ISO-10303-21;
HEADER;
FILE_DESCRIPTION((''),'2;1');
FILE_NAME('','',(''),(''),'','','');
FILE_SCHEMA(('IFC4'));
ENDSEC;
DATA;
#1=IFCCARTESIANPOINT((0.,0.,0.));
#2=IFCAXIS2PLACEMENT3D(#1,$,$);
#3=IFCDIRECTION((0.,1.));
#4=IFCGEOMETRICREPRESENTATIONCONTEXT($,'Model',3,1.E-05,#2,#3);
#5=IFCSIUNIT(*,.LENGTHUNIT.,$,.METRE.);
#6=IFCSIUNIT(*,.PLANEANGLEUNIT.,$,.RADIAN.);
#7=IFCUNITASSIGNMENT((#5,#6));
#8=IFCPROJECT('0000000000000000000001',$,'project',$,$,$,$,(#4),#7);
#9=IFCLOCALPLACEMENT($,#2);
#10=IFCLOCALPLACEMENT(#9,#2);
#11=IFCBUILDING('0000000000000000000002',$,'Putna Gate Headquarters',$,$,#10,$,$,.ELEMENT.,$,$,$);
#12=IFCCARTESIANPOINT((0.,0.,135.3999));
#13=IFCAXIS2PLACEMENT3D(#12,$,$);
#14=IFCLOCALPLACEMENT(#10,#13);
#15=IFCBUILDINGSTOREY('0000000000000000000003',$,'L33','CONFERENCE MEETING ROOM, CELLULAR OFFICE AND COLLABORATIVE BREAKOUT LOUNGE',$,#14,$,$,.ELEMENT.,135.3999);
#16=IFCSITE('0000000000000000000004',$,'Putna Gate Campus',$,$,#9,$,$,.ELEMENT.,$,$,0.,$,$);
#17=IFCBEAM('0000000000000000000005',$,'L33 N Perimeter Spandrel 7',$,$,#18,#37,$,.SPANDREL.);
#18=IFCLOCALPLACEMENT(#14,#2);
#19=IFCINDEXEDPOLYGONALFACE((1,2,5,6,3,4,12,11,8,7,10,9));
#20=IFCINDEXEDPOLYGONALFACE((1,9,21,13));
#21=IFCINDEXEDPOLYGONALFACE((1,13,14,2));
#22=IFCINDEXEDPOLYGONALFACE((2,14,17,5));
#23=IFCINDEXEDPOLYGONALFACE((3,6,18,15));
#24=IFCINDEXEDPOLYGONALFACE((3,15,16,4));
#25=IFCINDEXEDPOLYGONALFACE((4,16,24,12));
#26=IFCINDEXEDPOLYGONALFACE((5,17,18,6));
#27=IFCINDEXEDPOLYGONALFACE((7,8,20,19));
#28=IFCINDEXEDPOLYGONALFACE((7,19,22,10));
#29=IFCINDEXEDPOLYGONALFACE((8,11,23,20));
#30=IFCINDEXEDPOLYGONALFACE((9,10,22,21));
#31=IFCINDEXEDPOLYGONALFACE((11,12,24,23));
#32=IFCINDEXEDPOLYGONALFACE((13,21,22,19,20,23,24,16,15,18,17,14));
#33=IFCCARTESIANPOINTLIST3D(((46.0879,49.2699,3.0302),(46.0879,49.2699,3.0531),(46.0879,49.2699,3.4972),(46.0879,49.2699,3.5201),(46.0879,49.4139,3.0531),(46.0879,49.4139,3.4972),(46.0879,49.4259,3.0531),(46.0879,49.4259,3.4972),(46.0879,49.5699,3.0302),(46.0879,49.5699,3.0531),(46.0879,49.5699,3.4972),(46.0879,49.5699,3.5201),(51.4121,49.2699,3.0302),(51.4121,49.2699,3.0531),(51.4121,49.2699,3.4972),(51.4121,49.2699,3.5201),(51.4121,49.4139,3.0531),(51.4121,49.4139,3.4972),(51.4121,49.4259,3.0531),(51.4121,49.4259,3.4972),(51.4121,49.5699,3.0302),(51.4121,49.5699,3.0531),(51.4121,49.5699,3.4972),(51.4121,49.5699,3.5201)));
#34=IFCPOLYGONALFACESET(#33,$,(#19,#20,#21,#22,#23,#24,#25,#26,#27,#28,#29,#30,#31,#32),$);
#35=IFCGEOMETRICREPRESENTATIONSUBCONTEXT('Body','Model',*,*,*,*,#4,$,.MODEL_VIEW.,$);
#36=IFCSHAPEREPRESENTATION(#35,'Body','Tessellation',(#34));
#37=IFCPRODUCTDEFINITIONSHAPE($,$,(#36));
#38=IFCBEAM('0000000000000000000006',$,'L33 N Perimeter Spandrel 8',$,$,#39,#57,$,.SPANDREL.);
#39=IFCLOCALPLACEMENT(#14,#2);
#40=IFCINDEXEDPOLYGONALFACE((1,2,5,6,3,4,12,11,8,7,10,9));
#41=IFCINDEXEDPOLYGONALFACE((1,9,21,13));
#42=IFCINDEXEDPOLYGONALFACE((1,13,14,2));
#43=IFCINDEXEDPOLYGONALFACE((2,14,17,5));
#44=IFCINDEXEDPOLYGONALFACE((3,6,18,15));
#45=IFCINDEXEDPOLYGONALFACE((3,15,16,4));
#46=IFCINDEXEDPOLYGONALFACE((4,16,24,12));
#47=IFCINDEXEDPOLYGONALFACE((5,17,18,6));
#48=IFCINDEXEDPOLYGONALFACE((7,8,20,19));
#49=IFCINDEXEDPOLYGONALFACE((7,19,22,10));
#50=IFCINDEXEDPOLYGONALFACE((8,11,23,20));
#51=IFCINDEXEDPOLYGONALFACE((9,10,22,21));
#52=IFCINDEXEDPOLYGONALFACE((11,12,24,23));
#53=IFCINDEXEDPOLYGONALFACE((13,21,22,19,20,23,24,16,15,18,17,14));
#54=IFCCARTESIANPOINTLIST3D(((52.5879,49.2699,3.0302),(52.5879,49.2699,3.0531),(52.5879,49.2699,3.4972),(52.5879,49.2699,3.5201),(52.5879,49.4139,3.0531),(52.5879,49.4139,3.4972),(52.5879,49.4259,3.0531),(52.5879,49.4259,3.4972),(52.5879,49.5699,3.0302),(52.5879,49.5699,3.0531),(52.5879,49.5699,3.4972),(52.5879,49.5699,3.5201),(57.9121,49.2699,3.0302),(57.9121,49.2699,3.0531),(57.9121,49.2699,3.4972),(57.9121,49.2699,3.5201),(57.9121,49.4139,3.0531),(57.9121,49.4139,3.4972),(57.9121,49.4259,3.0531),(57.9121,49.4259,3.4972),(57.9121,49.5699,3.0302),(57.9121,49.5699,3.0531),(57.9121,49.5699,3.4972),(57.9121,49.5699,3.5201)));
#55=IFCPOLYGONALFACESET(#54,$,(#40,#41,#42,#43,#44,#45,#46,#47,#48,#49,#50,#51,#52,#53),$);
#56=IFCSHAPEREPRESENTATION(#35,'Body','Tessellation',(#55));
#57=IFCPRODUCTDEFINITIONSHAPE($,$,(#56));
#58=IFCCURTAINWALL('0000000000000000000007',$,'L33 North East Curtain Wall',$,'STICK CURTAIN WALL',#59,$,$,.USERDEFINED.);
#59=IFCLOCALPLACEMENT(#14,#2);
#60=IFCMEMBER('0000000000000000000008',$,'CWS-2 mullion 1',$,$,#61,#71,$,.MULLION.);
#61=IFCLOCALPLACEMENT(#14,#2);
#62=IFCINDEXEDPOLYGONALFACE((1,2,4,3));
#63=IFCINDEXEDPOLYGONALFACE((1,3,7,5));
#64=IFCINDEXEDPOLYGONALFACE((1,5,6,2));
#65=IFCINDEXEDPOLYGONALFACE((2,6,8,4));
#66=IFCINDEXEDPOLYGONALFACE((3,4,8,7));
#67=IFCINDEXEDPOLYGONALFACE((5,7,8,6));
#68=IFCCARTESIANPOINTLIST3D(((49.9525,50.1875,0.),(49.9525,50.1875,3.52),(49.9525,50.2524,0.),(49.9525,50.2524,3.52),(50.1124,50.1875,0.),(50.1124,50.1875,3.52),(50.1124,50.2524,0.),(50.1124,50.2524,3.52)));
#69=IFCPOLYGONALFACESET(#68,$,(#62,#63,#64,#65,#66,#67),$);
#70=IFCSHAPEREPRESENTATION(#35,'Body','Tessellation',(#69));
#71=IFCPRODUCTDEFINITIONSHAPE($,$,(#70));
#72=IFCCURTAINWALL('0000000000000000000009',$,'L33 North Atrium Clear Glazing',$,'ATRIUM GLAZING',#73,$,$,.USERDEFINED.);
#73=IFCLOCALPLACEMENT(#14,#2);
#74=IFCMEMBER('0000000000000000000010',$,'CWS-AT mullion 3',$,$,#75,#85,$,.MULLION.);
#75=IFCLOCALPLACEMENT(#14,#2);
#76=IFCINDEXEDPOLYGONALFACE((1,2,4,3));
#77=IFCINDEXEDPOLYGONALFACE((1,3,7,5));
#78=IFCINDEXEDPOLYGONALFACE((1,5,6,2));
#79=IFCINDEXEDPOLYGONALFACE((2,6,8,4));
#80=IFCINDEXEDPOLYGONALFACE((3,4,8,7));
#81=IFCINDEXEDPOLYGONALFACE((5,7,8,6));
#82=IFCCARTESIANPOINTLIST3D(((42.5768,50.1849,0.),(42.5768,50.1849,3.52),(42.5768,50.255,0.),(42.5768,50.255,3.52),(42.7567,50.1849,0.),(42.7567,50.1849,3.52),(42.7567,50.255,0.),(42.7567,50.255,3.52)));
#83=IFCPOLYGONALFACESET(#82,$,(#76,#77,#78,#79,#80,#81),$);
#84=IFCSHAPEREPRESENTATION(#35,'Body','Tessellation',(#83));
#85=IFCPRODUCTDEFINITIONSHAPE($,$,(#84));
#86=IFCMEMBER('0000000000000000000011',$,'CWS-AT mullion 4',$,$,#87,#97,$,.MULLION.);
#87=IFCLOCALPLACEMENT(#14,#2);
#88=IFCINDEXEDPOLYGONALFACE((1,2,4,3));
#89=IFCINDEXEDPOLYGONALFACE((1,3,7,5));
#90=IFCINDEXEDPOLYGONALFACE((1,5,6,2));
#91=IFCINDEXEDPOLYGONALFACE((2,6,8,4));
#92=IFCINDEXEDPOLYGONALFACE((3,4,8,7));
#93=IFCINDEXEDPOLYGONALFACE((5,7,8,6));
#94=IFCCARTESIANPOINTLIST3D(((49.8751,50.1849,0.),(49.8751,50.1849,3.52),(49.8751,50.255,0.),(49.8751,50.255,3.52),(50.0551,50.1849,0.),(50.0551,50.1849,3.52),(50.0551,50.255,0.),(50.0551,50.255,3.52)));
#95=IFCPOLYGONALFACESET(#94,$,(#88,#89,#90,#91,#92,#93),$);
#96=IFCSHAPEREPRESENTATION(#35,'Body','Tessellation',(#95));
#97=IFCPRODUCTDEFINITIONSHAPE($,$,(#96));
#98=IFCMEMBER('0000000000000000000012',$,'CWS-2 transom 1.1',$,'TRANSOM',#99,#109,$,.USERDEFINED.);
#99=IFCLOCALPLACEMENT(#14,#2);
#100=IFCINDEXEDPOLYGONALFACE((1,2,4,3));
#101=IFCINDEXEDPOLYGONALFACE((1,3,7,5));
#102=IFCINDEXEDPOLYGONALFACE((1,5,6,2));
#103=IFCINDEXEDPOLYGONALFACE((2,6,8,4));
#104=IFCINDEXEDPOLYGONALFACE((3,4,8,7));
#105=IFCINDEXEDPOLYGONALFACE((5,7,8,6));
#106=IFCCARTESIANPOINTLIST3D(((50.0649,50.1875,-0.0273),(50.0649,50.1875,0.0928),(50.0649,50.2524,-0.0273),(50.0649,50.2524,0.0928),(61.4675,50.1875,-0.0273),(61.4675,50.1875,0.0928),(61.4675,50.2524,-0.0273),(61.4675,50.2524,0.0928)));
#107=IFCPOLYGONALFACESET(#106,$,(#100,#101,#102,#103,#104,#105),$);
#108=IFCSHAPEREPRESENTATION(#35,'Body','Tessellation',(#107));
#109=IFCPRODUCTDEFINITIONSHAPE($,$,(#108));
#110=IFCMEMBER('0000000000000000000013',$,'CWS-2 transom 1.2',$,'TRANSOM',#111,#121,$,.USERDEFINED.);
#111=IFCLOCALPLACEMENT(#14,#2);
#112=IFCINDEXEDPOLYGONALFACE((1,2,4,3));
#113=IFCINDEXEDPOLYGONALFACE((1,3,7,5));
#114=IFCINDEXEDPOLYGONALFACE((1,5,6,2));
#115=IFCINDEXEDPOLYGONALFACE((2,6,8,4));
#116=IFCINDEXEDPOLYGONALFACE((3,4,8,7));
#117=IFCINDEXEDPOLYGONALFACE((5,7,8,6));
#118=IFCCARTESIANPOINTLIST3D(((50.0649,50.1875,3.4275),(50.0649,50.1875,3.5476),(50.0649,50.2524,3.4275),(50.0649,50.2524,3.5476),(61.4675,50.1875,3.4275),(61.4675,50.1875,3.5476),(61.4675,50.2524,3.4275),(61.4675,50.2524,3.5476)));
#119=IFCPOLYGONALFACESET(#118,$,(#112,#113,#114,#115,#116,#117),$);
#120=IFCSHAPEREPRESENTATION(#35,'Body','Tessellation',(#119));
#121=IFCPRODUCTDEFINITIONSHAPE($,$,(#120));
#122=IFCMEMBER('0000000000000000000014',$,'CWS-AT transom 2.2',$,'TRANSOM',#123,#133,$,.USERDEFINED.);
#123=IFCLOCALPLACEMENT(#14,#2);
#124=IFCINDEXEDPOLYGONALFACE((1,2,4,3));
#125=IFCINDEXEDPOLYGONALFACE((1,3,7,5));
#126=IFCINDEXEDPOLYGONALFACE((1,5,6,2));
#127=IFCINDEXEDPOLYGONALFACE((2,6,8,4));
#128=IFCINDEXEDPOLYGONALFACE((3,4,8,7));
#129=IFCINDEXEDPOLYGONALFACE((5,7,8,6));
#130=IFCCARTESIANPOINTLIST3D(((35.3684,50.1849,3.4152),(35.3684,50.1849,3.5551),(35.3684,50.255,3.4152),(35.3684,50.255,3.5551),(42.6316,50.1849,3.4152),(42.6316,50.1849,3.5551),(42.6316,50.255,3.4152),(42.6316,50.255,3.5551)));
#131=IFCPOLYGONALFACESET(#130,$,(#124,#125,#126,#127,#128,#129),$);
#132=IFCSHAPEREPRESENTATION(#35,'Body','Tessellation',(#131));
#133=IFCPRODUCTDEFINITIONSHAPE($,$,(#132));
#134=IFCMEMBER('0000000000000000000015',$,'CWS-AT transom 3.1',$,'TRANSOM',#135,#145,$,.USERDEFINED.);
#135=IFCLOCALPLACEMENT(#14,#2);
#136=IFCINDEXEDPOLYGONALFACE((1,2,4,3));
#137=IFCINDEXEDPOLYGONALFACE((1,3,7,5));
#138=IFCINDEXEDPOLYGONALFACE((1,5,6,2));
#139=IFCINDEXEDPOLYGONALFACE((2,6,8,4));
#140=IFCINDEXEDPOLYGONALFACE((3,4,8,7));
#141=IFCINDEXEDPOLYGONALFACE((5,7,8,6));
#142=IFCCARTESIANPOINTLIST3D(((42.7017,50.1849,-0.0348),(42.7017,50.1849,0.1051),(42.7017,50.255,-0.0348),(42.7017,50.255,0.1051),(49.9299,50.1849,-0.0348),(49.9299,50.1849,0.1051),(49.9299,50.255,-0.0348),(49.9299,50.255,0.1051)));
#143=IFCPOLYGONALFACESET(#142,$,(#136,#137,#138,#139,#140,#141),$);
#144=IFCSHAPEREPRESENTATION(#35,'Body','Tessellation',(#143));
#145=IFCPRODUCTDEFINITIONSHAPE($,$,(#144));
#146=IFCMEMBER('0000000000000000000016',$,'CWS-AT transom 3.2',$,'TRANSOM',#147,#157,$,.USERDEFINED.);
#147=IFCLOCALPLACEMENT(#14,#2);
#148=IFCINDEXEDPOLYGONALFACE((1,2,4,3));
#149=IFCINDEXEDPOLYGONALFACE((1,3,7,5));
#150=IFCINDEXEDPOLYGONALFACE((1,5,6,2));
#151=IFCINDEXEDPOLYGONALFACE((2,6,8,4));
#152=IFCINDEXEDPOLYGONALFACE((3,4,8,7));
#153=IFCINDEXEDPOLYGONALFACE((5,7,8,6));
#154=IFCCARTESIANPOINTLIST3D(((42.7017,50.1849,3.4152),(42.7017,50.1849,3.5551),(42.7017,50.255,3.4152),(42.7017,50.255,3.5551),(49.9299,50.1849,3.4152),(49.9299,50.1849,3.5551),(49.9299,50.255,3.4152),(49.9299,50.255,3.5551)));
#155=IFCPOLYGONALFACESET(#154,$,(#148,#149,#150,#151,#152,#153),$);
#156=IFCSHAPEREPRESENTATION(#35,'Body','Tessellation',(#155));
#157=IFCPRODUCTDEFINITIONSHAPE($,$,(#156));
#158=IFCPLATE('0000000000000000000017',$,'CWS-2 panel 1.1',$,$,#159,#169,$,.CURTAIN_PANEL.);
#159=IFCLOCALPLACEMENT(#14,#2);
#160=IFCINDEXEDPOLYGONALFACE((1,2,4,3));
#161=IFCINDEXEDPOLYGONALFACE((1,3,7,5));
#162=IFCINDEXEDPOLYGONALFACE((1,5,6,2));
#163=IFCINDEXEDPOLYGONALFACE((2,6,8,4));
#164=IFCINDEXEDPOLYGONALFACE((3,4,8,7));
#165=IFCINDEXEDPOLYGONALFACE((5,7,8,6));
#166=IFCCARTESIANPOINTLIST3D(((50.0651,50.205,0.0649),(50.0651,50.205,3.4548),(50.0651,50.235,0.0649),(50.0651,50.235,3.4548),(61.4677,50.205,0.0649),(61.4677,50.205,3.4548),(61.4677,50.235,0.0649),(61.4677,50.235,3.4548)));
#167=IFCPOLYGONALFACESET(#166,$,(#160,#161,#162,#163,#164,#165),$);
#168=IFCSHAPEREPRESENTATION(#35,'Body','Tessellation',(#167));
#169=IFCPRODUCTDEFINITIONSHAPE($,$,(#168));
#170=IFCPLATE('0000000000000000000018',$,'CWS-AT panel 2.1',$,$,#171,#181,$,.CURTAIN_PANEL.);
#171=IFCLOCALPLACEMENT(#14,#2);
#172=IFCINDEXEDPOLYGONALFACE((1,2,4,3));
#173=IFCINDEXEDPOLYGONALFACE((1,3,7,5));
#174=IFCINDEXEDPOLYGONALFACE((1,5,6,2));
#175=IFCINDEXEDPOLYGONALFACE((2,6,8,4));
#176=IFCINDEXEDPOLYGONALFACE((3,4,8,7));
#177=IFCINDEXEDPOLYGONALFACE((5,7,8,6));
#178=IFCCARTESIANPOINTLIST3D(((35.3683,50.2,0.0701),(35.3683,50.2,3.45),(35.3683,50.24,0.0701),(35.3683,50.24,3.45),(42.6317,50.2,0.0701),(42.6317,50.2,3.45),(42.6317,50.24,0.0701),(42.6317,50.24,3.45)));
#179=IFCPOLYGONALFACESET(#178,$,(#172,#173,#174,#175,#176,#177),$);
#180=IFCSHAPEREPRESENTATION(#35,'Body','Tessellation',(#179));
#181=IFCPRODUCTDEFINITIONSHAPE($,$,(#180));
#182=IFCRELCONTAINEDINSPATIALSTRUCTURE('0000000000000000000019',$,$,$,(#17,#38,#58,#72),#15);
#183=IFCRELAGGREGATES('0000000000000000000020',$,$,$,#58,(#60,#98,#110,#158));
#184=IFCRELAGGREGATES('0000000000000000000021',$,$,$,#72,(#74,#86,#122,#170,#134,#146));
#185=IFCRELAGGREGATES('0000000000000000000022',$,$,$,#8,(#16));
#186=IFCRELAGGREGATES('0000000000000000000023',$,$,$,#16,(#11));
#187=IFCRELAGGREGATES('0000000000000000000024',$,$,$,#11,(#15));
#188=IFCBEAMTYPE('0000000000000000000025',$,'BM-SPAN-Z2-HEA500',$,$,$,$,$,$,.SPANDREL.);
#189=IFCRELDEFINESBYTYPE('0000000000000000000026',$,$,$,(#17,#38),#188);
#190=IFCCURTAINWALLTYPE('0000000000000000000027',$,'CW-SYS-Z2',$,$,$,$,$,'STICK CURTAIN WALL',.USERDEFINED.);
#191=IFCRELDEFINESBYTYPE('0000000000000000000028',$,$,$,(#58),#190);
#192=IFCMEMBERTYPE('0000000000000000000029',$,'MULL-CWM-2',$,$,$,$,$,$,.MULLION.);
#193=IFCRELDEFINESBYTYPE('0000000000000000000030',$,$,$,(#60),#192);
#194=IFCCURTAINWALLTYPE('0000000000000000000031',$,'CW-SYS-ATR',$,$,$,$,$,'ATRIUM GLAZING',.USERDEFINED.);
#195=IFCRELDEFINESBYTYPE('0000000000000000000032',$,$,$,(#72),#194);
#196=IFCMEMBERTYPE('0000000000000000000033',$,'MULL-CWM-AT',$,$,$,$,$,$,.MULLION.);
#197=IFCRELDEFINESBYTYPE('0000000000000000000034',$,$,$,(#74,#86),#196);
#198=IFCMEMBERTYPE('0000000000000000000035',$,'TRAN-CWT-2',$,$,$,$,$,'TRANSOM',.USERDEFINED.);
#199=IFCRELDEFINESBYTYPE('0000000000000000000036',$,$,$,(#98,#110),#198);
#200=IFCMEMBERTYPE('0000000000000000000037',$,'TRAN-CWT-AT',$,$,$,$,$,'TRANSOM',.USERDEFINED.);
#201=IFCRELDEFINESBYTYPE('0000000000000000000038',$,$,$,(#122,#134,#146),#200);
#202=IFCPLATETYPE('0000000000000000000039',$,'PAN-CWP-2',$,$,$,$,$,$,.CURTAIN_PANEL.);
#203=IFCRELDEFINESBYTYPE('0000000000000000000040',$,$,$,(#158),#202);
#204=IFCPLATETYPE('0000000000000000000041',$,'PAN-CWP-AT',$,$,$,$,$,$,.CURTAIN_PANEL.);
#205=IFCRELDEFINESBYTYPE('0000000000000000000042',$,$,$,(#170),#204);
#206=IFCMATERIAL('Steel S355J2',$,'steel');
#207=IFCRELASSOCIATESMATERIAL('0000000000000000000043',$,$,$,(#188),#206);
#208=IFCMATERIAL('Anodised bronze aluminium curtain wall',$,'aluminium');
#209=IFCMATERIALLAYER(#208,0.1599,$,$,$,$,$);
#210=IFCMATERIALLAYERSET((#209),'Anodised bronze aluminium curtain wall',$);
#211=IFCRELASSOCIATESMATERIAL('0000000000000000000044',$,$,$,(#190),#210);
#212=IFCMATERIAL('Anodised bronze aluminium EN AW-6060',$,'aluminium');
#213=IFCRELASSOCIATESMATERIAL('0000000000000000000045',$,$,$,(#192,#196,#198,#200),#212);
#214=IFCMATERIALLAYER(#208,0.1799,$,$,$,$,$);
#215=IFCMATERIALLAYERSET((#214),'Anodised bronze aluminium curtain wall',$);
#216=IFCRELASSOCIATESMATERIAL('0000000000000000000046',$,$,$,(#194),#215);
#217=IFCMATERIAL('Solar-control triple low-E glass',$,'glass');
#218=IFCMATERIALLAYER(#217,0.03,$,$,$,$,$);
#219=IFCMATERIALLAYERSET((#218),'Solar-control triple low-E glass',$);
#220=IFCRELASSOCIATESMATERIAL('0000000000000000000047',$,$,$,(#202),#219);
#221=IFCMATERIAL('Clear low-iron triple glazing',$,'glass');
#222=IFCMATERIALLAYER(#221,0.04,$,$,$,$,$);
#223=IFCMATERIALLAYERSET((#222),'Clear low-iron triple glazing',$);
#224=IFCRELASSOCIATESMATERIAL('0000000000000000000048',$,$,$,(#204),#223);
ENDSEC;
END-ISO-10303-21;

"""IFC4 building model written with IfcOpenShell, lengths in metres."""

from ifc_helpers import new_model, si_unit, direction, frame, origin, origin_2d, place, context, subcontext, project, spatial, rectangle, i_section, extrude, material, layer, layer_set, material_profile, profile_set, type_object, element, aggregate, save


model = new_model("IFC4")

# Units and contexts
model_context = context("Model", 3, precision=1e-05, world=origin(), true_north=direction((0.0, 1.0)))
body_context = subcontext(model_context, "Body", "Model", "MODEL_VIEW")
ifc_project = project(units=[si_unit("LENGTHUNIT", "METRE"), si_unit("PLANEANGLEUNIT", "RADIAN")], contexts=[model_context])

# Site, building, storey
site_placement = place(None, origin())
site = spatial("IfcSite", under=ifc_project, at=site_placement, Name="Putna Gate Campus", CompositionType="ELEMENT", RefElevation=0.0)
building_placement = place(site_placement, origin())
building = spatial("IfcBuilding", under=site, at=building_placement, Name="Putna Gate Headquarters", CompositionType="ELEMENT")
storey_placement = place(building_placement, frame((0.0, 0.0, 135.3999)))
storey = spatial("IfcBuildingStorey", under=building, at=storey_placement, Name="L33", Description="CONFERENCE MEETING ROOM, CELLULAR OFFICE AND COLLABORATIVE BREAKOUT LOUNGE", CompositionType="ELEMENT", Elevation=135.3999)

# Beams
ifc_material_1 = material(Name="Steel S355J2", Category="steel")
ifc_material_profile_1 = material_profile(ifc_material_1, i_section(OverallWidth=0.3, OverallDepth=0.49, WebThickness=0.012, FlangeThickness=0.0229, at=origin_2d()), Name="Steel S355J2")
ifc_profile_set_1 = profile_set([ifc_material_profile_1], Name="Steel S355J2")
beam_type_1 = type_object("IfcBeamType", Name="BM-SPAN-Z2-HEA500", PredefinedType="SPANDREL", material=ifc_profile_set_1)
for number, where, z_axis, x_axis, name in (
    (1, (46.0879, 49.4199, 3.2751), (1.0, 0.0, 0.0), (0.0, 1.0, 0.0), "L33 N Perimeter Spandrel 7"),
    (2, (52.5879, 49.4199, 3.2751), (1.0, 0.0, 0.0), (0.0, 1.0, 0.0), "L33 N Perimeter Spandrel 8"),
):
    element("IfcBeam", number, at=place(storey_placement, frame(where, z_axis=z_axis, x_axis=x_axis)), inside=storey, type_object=beam_type_1, Name=name, PredefinedType="SPANDREL", context=body_context, shape_type="SweptSolid", body=[
        extrude(i_section(OverallWidth=0.3, OverallDepth=0.49, WebThickness=0.012, FlangeThickness=0.0229, at=origin_2d()), origin(), (0.0, 0.0, 1.0), 5.3242),
    ])

# Curtain wall, member
ifc_material_2 = material(Name="Anodised bronze aluminium curtain wall", Category="aluminium")
ifc_layer_1 = layer(ifc_material_2, 0.1599)
ifc_layer_set_1 = layer_set([ifc_layer_1], Name="Anodised bronze aluminium curtain wall")
curtain_wall_type_1 = type_object("IfcCurtainWallType", Name="CW-SYS-Z2", ElementType="STICK CURTAIN WALL", PredefinedType="USERDEFINED", material=ifc_layer_set_1)
curtain_wall_1_placement = place(storey_placement, origin())
curtain_wall_1 = element("IfcCurtainWall", 3, at=curtain_wall_1_placement, inside=storey, type_object=curtain_wall_type_1, Name="L33 North East Curtain Wall", ObjectType="STICK CURTAIN WALL", PredefinedType="USERDEFINED")
ifc_material_3 = material(Name="Anodised bronze aluminium EN AW-6060", Category="aluminium")
ifc_material_profile_2 = material_profile(ifc_material_3, rectangle(XDim=0.0649, YDim=0.1599, at=origin_2d()), Name="Anodised bronze aluminium EN AW-6060")
ifc_profile_set_2 = profile_set([ifc_material_profile_2], Name="Anodised bronze aluminium EN AW-6060")
member_type_1 = type_object("IfcMemberType", Name="MULL-CWM-2", PredefinedType="MULLION", material=ifc_profile_set_2)
member_1_placement = place(storey_placement, frame((50.0325, 50.22, 0.0), z_axis=(0.0, 0.0, 1.0), x_axis=(0.0, 1.0, 0.0)))
member_1 = element("IfcMember", 4, at=member_1_placement, type_object=member_type_1, Name="CWS-2 mullion 1", PredefinedType="MULLION", context=body_context, shape_type="SweptSolid", body=[
    extrude(rectangle(XDim=0.0649, YDim=0.1599, at=origin_2d()), origin(), (0.0, 0.0, 1.0), 3.52),
])

# Curtain wall, members
ifc_layer_2 = layer(ifc_material_2, 0.1799)
ifc_layer_set_2 = layer_set([ifc_layer_2], Name="Anodised bronze aluminium curtain wall")
curtain_wall_type_2 = type_object("IfcCurtainWallType", Name="CW-SYS-ATR", ElementType="ATRIUM GLAZING", PredefinedType="USERDEFINED", material=ifc_layer_set_2)
curtain_wall_2_placement = place(storey_placement, origin())
curtain_wall_2 = element("IfcCurtainWall", 5, at=curtain_wall_2_placement, inside=storey, type_object=curtain_wall_type_2, Name="L33 North Atrium Clear Glazing", ObjectType="ATRIUM GLAZING", PredefinedType="USERDEFINED")
ifc_material_profile_3 = material_profile(ifc_material_3, rectangle(XDim=0.0701, YDim=0.1799, at=origin_2d()), Name="Anodised bronze aluminium EN AW-6060")
ifc_profile_set_3 = profile_set([ifc_material_profile_3], Name="Anodised bronze aluminium EN AW-6060")
member_type_2 = type_object("IfcMemberType", Name="MULL-CWM-AT", PredefinedType="MULLION", material=ifc_profile_set_3)
member_2_placement = place(storey_placement, frame((42.6667, 50.22, 0.0), z_axis=(0.0, 0.0, 1.0), x_axis=(0.0, 1.0, 0.0)))
member_2 = element("IfcMember", 6, at=member_2_placement, type_object=member_type_2, Name="CWS-AT mullion 3", PredefinedType="MULLION", context=body_context, shape_type="SweptSolid", body=[
    extrude(rectangle(XDim=0.0701, YDim=0.1799, at=origin_2d()), origin(), (0.0, 0.0, 1.0), 3.52),
])
member_3_placement = place(storey_placement, frame((49.9651, 50.22, 0.0), z_axis=(0.0, 0.0, 1.0), x_axis=(0.0, 1.0, 0.0)))
member_3 = element("IfcMember", 7, at=member_3_placement, type_object=member_type_2, Name="CWS-AT mullion 4", PredefinedType="MULLION", context=body_context, shape_type="SweptSolid", body=[
    extrude(rectangle(XDim=0.0701, YDim=0.1799, at=origin_2d()), origin(), (0.0, 0.0, 1.0), 3.52),
])

# Members
ifc_material_profile_4 = material_profile(ifc_material_3, rectangle(XDim=0.0649, YDim=0.1201, at=origin_2d()), Name="Anodised bronze aluminium EN AW-6060")
ifc_profile_set_4 = profile_set([ifc_material_profile_4], Name="Anodised bronze aluminium EN AW-6060")
member_type_3 = type_object("IfcMemberType", Name="TRAN-CWT-2", ElementType="TRANSOM", PredefinedType="USERDEFINED", material=ifc_profile_set_4)
member_4_placement = place(storey_placement, frame((50.0649, 50.22, 0.0327), z_axis=(1.0, 0.0, 0.0), x_axis=(0.0, 1.0, 0.0)))
member_4 = element("IfcMember", 8, at=member_4_placement, type_object=member_type_3, Name="CWS-2 transom 1.1", ObjectType="TRANSOM", PredefinedType="USERDEFINED", context=body_context, shape_type="SweptSolid", body=[
    extrude(rectangle(XDim=0.0649, YDim=0.1201, at=origin_2d()), origin(), (0.0, 0.0, 1.0), 11.4026),
])
member_5_placement = place(storey_placement, frame((50.0649, 50.22, 3.4875), z_axis=(1.0, 0.0, 0.0), x_axis=(0.0, 1.0, 0.0)))
member_5 = element("IfcMember", 9, at=member_5_placement, type_object=member_type_3, Name="CWS-2 transom 1.2", ObjectType="TRANSOM", PredefinedType="USERDEFINED", context=body_context, shape_type="SweptSolid", body=[
    extrude(rectangle(XDim=0.0649, YDim=0.1201, at=origin_2d()), origin(), (0.0, 0.0, 1.0), 11.4026),
])
ifc_material_profile_5 = material_profile(ifc_material_3, rectangle(XDim=0.0701, YDim=0.1399, at=origin_2d()), Name="Anodised bronze aluminium EN AW-6060")
ifc_profile_set_5 = profile_set([ifc_material_profile_5], Name="Anodised bronze aluminium EN AW-6060")
member_type_4 = type_object("IfcMemberType", Name="TRAN-CWT-AT", ElementType="TRANSOM", PredefinedType="USERDEFINED", material=ifc_profile_set_5)
member_6_placement = place(storey_placement, frame((35.3684, 50.22, 3.4851), z_axis=(1.0, 0.0, 0.0), x_axis=(0.0, 1.0, 0.0)))
member_6 = element("IfcMember", 10, at=member_6_placement, type_object=member_type_4, Name="CWS-AT transom 2.2", ObjectType="TRANSOM", PredefinedType="USERDEFINED", context=body_context, shape_type="SweptSolid", body=[
    extrude(rectangle(XDim=0.0701, YDim=0.1399, at=origin_2d()), origin(), (0.0, 0.0, 1.0), 7.2632),
])
member_7_placement = place(storey_placement, frame((42.7017, 50.22, 0.0352), z_axis=(1.0, 0.0, 0.0), x_axis=(0.0, 1.0, 0.0)))
member_7 = element("IfcMember", 11, at=member_7_placement, type_object=member_type_4, Name="CWS-AT transom 3.1", ObjectType="TRANSOM", PredefinedType="USERDEFINED", context=body_context, shape_type="SweptSolid", body=[
    extrude(rectangle(XDim=0.0701, YDim=0.1399, at=origin_2d()), origin(), (0.0, 0.0, 1.0), 7.2283),
])
member_8_placement = place(storey_placement, frame((42.7017, 50.22, 3.4851), z_axis=(1.0, 0.0, 0.0), x_axis=(0.0, 1.0, 0.0)))
member_8 = element("IfcMember", 12, at=member_8_placement, type_object=member_type_4, Name="CWS-AT transom 3.2", ObjectType="TRANSOM", PredefinedType="USERDEFINED", context=body_context, shape_type="SweptSolid", body=[
    extrude(rectangle(XDim=0.0701, YDim=0.1399, at=origin_2d()), origin(), (0.0, 0.0, 1.0), 7.2283),
])

# Plates
ifc_material_4 = material(Name="Solar-control triple low-E glass", Category="glass")
ifc_layer_3 = layer(ifc_material_4, 0.03)
ifc_layer_set_3 = layer_set([ifc_layer_3], Name="Solar-control triple low-E glass")
plate_type_1 = type_object("IfcPlateType", Name="PAN-CWP-2", PredefinedType="CURTAIN_PANEL", material=ifc_layer_set_3)
plate_1_placement = place(storey_placement, frame((55.7664, 50.22, 0.0649), z_axis=(0.0, 0.0, 1.0), x_axis=(1.0, 0.0, 0.0)))
plate_1 = element("IfcPlate", 13, at=plate_1_placement, type_object=plate_type_1, Name="CWS-2 panel 1.1", PredefinedType="CURTAIN_PANEL", context=body_context, shape_type="SweptSolid", body=[
    extrude(rectangle(XDim=11.4026, YDim=0.03, at=origin_2d()), origin(), (0.0, 0.0, 1.0), 3.3899),
])
aggregate(curtain_wall_1, [member_1, member_4, member_5, plate_1])
ifc_material_5 = material(Name="Clear low-iron triple glazing", Category="glass")
ifc_layer_4 = layer(ifc_material_5, 0.04)
ifc_layer_set_4 = layer_set([ifc_layer_4], Name="Clear low-iron triple glazing")
plate_type_2 = type_object("IfcPlateType", Name="PAN-CWP-AT", PredefinedType="CURTAIN_PANEL", material=ifc_layer_set_4)
plate_2_placement = place(storey_placement, frame((39.0, 50.22, 0.0701), z_axis=(0.0, 0.0, 1.0), x_axis=(1.0, 0.0, 0.0)))
plate_2 = element("IfcPlate", 14, at=plate_2_placement, type_object=plate_type_2, Name="CWS-AT panel 2.1", PredefinedType="CURTAIN_PANEL", context=body_context, shape_type="SweptSolid", body=[
    extrude(rectangle(XDim=7.2634, YDim=0.04, at=origin_2d()), origin(), (0.0, 0.0, 1.0), 3.3799),
])
aggregate(curtain_wall_2, [member_2, member_3, member_6, plate_2, member_7, member_8])

save(model, "model.ifc")
